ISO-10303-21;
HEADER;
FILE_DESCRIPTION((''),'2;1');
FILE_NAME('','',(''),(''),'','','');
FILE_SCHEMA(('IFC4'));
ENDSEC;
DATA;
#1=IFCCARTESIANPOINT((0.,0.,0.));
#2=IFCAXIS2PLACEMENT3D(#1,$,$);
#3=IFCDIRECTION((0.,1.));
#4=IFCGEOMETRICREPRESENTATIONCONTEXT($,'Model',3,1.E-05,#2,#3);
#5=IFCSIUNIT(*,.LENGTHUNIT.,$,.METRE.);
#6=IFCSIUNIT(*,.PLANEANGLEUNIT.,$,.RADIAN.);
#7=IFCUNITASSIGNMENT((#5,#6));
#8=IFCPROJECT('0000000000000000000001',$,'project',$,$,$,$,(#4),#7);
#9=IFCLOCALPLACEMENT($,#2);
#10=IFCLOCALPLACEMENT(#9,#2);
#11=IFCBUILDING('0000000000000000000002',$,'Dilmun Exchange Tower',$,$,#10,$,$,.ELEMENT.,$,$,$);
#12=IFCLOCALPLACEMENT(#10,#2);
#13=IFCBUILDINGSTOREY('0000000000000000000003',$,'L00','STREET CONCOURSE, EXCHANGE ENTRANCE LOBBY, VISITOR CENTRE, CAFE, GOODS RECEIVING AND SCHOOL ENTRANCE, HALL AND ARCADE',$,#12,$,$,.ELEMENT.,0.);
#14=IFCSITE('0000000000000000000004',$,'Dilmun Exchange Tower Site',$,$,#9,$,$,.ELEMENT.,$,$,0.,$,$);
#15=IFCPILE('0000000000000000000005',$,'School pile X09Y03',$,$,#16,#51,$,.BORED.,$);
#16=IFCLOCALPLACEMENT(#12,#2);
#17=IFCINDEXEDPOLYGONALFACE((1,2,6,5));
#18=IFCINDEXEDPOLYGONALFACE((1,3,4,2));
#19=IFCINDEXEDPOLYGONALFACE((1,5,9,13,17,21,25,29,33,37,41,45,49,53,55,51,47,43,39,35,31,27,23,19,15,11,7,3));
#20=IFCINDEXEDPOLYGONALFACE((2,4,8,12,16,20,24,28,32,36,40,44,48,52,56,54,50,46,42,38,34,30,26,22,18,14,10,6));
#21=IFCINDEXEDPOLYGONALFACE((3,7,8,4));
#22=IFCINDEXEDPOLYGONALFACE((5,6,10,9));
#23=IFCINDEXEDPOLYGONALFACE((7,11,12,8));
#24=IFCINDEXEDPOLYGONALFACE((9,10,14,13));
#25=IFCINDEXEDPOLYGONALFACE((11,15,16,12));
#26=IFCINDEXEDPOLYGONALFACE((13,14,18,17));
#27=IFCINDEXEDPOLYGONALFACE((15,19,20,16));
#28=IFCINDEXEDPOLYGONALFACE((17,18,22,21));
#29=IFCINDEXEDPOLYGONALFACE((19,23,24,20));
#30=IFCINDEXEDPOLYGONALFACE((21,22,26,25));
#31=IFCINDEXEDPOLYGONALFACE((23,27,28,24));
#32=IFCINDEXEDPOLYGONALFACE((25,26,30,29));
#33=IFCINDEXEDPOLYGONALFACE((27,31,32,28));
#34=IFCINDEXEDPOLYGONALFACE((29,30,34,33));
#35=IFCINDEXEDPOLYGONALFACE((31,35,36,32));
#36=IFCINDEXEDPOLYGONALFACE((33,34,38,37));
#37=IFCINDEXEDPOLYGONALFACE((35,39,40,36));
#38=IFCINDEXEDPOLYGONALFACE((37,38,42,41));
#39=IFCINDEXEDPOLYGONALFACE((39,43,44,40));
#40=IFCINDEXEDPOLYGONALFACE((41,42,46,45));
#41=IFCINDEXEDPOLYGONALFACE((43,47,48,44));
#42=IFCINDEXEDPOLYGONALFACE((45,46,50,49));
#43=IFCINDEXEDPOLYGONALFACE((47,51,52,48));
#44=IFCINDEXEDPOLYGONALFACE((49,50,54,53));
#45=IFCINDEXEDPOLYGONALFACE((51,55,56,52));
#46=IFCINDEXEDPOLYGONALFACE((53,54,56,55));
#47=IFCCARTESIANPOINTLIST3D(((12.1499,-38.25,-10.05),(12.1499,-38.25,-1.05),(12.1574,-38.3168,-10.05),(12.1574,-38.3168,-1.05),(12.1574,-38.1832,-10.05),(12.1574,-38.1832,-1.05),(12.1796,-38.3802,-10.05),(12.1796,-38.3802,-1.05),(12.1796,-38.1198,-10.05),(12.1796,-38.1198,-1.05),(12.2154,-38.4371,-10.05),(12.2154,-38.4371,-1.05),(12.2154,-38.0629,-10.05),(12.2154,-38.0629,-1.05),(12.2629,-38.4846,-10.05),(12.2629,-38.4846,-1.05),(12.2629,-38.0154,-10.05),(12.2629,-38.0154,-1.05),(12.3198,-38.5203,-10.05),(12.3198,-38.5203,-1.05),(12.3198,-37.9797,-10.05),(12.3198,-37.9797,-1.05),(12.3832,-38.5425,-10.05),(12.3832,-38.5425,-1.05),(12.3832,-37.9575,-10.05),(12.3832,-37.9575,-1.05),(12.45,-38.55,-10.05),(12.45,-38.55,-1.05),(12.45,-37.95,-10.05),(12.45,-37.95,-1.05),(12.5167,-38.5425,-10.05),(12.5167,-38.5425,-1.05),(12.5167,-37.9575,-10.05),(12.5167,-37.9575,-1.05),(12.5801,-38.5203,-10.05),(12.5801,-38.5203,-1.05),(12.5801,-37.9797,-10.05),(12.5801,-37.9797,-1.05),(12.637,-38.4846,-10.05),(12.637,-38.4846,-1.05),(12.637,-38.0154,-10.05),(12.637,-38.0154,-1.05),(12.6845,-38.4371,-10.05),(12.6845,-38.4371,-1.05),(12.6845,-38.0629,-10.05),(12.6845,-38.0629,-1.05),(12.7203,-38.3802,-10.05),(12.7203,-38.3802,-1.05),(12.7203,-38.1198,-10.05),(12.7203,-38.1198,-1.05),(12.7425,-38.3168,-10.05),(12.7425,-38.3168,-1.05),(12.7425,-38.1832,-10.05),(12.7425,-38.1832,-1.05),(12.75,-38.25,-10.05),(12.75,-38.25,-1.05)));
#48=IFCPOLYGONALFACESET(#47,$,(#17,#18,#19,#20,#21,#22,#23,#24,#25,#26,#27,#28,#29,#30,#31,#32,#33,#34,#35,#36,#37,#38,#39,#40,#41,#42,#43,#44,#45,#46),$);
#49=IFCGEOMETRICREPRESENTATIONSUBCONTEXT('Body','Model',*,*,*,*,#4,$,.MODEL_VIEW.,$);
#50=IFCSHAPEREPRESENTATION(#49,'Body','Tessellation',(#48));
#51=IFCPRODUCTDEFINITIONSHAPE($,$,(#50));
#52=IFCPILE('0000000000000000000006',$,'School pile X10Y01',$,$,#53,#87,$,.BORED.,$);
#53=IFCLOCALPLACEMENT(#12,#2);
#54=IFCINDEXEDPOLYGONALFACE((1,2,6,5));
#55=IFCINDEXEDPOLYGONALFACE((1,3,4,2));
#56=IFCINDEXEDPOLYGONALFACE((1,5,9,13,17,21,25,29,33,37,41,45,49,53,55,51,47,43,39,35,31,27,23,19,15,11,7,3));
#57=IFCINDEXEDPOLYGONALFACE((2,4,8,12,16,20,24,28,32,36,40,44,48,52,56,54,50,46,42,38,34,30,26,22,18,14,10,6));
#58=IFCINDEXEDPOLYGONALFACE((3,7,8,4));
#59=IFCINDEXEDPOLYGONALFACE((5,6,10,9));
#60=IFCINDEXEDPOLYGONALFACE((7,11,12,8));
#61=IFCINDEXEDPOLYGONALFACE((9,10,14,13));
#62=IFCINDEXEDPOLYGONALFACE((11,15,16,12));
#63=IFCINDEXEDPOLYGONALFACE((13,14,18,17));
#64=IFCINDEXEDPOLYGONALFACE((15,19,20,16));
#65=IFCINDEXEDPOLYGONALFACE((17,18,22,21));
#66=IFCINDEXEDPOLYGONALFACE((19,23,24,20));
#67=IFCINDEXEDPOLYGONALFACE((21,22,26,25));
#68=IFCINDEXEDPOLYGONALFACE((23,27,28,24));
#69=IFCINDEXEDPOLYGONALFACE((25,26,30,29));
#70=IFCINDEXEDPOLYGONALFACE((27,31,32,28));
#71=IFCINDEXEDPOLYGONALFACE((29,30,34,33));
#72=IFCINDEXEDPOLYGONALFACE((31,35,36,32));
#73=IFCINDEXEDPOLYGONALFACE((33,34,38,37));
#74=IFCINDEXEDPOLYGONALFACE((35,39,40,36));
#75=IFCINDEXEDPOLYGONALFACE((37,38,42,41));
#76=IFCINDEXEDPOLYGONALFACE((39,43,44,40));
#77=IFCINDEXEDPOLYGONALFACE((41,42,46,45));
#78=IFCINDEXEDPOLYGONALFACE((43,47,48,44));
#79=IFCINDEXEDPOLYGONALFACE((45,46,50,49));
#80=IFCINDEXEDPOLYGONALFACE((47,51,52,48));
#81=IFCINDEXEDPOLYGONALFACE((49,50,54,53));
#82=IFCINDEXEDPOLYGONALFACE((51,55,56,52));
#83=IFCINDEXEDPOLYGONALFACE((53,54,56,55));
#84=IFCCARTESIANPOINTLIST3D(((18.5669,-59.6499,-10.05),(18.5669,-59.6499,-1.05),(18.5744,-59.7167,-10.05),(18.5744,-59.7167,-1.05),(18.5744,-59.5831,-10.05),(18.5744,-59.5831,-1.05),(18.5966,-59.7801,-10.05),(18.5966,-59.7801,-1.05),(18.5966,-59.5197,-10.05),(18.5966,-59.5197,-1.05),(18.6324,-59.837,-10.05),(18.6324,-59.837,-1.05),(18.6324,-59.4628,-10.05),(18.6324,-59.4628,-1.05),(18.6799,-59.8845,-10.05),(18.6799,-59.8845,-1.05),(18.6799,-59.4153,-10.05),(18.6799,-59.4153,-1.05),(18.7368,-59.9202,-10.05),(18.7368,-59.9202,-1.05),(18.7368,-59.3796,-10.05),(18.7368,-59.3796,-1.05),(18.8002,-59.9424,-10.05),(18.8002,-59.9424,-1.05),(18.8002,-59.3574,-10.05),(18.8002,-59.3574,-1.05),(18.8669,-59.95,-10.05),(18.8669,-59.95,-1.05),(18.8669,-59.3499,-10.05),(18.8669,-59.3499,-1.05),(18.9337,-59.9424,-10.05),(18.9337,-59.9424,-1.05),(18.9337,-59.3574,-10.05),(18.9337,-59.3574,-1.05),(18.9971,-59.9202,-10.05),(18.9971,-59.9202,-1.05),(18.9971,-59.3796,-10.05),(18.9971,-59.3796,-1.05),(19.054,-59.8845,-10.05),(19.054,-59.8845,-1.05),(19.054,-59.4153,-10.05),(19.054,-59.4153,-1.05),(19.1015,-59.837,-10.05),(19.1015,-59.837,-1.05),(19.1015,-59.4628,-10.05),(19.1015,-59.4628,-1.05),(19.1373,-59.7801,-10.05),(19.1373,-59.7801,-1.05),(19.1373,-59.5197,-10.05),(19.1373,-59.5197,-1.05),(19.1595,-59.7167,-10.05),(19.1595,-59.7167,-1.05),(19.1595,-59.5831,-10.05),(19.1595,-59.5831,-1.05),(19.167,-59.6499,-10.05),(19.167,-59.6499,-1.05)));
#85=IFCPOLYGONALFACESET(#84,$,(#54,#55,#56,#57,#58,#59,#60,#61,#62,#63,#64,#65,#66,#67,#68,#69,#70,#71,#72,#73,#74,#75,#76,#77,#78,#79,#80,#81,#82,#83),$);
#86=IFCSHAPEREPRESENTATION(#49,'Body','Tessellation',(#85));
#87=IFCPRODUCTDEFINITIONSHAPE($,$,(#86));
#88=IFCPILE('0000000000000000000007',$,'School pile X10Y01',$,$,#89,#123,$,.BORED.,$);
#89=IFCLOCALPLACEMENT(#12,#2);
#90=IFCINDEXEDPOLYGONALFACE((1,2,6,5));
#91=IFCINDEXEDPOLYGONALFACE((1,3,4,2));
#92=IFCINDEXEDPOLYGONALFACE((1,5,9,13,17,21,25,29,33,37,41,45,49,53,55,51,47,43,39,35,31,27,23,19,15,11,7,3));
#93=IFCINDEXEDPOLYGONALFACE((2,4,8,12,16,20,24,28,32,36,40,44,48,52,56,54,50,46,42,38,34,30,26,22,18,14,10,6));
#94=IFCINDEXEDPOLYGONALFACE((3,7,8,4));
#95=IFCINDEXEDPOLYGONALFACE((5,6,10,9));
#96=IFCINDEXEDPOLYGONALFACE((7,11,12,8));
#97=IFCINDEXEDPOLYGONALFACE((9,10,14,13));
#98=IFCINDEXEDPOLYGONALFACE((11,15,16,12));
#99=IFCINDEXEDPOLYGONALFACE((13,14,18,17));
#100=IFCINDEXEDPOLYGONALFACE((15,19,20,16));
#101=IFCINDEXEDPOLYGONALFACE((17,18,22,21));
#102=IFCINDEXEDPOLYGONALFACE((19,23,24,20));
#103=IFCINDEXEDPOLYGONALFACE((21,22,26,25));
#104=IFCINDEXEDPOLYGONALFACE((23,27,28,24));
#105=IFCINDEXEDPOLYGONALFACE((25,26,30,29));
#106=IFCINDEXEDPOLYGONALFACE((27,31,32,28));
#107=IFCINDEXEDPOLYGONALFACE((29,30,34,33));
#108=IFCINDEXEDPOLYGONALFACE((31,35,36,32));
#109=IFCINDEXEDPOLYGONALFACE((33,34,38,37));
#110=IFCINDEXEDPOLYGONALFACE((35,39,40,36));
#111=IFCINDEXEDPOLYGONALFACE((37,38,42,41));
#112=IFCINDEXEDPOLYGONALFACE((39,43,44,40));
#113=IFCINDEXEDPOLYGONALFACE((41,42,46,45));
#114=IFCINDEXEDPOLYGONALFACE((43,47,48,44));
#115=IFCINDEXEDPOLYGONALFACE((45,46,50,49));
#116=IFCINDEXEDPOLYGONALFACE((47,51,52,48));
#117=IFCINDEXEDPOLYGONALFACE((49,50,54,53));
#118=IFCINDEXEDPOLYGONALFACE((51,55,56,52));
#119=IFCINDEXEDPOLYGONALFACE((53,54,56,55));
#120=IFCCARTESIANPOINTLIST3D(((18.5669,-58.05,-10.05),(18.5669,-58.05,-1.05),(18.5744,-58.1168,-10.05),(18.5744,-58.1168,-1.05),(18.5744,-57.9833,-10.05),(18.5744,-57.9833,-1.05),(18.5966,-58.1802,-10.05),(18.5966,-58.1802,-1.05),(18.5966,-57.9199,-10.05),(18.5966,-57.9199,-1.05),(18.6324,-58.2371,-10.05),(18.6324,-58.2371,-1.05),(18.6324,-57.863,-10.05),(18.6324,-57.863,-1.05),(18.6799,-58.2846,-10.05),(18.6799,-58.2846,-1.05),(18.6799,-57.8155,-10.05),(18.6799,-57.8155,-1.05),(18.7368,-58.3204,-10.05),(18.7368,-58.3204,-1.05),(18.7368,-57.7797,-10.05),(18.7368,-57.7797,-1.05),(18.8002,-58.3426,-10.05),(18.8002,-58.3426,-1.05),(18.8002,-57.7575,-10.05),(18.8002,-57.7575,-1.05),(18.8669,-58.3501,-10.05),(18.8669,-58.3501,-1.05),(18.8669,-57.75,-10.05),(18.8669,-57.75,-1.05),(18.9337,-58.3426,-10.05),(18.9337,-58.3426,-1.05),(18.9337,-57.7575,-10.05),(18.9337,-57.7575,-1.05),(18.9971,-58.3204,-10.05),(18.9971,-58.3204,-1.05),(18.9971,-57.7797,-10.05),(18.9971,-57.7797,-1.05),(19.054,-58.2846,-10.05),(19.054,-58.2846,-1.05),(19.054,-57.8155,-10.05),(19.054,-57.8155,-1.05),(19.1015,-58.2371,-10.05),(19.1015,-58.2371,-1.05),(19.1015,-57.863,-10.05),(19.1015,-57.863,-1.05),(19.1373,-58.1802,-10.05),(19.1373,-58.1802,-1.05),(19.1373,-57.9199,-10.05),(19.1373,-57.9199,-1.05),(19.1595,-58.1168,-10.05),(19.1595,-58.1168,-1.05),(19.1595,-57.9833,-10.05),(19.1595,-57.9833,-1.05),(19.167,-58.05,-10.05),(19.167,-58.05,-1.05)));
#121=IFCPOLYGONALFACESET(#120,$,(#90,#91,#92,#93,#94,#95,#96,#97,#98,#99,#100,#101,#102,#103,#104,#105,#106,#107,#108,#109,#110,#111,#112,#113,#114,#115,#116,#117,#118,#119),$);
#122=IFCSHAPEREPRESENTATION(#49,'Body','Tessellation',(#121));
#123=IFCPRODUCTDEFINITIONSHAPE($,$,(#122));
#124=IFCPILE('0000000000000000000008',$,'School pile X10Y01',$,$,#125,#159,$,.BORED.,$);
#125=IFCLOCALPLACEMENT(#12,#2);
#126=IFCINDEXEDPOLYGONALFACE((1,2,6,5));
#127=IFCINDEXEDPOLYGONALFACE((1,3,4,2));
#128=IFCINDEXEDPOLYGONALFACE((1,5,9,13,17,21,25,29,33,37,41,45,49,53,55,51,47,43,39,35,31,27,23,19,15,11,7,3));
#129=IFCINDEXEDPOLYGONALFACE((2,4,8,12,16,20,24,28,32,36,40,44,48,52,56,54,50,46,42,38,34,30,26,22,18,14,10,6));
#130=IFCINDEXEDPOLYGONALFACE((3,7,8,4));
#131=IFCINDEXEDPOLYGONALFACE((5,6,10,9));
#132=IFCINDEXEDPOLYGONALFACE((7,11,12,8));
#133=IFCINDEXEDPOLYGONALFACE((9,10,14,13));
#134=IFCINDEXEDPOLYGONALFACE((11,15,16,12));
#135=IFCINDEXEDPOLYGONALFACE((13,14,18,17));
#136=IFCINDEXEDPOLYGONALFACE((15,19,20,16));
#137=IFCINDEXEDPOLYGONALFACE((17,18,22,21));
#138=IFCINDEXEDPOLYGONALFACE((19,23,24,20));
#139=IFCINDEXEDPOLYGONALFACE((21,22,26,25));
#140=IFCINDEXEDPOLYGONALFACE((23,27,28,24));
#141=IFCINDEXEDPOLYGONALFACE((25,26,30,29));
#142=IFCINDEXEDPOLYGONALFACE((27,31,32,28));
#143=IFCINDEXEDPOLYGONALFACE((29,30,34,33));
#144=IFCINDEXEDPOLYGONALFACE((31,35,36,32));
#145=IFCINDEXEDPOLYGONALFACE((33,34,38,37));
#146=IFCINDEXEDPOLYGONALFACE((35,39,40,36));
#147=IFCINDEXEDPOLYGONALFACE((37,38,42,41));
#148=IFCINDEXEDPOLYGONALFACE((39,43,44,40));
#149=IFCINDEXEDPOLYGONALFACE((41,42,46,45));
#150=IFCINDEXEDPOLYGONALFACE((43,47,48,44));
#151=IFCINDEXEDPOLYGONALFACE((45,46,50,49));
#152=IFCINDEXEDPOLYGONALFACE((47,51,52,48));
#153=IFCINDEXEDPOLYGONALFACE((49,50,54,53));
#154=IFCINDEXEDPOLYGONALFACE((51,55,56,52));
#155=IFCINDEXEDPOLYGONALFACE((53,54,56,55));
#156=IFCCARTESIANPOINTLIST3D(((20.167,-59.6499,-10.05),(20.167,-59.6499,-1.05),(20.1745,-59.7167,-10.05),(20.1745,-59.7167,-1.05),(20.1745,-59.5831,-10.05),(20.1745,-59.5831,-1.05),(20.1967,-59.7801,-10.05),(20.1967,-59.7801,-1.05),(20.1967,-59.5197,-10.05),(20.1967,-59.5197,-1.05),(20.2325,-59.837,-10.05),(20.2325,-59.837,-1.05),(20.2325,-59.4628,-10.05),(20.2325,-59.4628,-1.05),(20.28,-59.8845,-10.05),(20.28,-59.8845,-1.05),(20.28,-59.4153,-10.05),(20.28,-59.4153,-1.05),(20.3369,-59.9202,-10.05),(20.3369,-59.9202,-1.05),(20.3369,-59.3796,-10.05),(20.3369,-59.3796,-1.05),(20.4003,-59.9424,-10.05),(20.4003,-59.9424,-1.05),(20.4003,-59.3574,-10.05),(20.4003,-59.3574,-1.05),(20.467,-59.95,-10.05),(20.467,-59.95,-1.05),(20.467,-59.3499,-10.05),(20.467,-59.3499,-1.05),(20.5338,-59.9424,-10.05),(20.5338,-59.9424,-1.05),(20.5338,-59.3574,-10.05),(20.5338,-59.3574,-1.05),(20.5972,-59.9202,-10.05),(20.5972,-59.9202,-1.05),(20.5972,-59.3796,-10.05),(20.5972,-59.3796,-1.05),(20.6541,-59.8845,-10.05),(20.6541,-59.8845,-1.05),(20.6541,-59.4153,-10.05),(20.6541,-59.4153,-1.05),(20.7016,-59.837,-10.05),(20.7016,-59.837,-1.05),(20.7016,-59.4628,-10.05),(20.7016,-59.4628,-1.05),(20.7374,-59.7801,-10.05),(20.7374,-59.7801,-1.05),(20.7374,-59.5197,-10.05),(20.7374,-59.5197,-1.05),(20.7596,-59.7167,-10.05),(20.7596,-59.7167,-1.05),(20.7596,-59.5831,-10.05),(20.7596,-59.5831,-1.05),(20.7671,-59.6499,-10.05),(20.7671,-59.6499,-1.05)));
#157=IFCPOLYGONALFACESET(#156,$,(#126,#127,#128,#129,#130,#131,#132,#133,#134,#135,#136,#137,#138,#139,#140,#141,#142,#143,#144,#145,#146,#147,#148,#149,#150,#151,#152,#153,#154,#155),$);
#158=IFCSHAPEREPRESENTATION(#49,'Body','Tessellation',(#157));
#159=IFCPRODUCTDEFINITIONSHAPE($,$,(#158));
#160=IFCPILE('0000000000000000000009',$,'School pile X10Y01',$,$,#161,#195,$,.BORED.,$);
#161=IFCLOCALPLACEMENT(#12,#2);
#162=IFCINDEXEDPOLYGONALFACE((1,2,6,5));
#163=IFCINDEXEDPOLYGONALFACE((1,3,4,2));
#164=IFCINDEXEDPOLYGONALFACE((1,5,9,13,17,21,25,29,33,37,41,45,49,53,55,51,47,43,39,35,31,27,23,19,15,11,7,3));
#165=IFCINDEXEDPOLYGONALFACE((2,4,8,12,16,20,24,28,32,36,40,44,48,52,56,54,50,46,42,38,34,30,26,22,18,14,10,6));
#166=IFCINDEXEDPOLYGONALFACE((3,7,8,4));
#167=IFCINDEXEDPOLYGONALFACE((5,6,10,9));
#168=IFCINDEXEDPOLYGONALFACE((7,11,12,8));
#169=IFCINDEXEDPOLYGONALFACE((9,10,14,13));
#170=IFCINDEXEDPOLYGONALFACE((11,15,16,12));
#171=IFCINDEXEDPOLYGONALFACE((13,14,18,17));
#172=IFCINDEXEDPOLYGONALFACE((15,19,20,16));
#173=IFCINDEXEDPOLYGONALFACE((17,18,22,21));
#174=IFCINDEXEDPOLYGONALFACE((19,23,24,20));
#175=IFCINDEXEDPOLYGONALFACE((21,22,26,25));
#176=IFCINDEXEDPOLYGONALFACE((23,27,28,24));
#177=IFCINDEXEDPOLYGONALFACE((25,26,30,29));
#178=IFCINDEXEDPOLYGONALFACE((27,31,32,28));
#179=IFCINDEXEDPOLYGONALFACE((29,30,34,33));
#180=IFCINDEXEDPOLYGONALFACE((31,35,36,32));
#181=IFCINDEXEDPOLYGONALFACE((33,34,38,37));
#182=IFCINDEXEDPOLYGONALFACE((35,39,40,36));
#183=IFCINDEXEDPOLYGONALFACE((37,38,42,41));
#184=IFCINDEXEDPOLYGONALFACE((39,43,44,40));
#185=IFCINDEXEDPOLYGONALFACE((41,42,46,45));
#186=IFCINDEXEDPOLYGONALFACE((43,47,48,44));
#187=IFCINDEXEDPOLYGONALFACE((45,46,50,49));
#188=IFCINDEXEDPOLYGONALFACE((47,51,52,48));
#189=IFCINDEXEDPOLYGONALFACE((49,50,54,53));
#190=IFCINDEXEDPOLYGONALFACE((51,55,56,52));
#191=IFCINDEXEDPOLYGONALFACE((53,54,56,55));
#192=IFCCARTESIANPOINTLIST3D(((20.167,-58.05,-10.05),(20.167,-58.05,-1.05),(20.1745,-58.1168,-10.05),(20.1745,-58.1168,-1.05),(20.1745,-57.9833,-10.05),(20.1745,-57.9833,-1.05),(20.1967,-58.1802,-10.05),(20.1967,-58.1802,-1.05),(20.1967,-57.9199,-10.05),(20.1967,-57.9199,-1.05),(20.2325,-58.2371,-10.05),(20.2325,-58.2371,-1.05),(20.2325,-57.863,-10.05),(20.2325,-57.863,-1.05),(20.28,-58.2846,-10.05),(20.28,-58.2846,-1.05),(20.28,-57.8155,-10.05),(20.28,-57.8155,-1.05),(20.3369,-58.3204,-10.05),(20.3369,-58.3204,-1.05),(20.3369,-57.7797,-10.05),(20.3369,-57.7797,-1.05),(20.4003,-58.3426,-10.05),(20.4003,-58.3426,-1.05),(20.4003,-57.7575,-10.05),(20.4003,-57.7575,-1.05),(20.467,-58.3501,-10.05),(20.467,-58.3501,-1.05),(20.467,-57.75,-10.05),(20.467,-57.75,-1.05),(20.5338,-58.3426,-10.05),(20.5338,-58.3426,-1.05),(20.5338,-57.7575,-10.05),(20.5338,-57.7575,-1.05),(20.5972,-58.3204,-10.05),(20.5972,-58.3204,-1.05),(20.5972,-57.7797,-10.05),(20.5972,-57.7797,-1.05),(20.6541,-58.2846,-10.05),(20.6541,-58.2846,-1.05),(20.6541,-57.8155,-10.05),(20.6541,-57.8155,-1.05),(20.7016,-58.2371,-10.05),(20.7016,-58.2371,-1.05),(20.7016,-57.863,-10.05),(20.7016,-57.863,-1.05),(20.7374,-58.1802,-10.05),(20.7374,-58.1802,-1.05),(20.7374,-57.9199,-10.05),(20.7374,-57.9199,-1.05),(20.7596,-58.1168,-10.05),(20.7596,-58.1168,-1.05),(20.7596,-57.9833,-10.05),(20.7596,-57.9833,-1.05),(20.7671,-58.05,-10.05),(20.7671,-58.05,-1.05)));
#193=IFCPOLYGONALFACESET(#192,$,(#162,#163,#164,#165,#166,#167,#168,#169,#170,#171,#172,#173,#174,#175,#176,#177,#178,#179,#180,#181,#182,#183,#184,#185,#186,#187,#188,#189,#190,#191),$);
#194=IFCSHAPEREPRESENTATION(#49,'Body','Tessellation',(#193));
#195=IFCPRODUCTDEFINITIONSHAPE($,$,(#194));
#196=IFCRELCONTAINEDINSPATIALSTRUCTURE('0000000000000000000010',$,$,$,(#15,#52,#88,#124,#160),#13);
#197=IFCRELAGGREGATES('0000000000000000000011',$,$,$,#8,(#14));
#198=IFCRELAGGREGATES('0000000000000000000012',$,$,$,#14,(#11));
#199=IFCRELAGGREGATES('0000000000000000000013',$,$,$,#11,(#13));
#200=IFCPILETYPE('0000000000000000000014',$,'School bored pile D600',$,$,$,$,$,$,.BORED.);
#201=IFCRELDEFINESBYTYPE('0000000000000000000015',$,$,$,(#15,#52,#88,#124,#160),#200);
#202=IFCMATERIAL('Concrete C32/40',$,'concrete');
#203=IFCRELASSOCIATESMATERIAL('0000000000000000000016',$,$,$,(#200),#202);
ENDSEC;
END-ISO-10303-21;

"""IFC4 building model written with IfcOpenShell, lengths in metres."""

from ifc_helpers import new_model, si_unit, direction, frame, origin, origin_2d, place, context, subcontext, project, spatial, circle, extrude, material, material_profile, profile_set, type_object, element, save


model = new_model("IFC4")

# Units and contexts
model_context = context("Model", 3, precision=1e-05, world=origin(), true_north=direction((0.0, 1.0)))
body_context = subcontext(model_context, "Body", "Model", "MODEL_VIEW")
ifc_project = project(units=[si_unit("LENGTHUNIT", "METRE"), si_unit("PLANEANGLEUNIT", "RADIAN")], contexts=[model_context])

# Site, building, storey
site_placement = place(None, origin())
site = spatial("IfcSite", under=ifc_project, at=site_placement, Name="Dilmun Exchange Tower Site", CompositionType="ELEMENT", RefElevation=0.0)
building_placement = place(site_placement, origin())
building = spatial("IfcBuilding", under=site, at=building_placement, Name="Dilmun Exchange Tower", CompositionType="ELEMENT")
storey_placement = place(building_placement, origin())
storey = spatial("IfcBuildingStorey", under=building, at=storey_placement, Name="L00", Description="STREET CONCOURSE, EXCHANGE ENTRANCE LOBBY, VISITOR CENTRE, CAFE, GOODS RECEIVING AND SCHOOL ENTRANCE, HALL AND ARCADE", CompositionType="ELEMENT", Elevation=0.0)

# Piles
ifc_material_1 = material(Name="Concrete C32/40", Category="concrete")
ifc_material_profile_1 = material_profile(ifc_material_1, circle(Radius=0.3, at=origin_2d()), Name="D600")
ifc_profile_set_1 = profile_set([ifc_material_profile_1], Name="Concrete C32/40")
pile_type = type_object("IfcPileType", Name="School bored pile D600", PredefinedType="BORED", material=ifc_profile_set_1)
for number, where, z_axis, x_axis, name in (
    (1, (12.45, -38.25, -1.05), (0.0, 0.0, -1.0), (1.0, 0.0, 0.0), "School pile X09Y03"),
    (2, (18.8669, -59.6499, -1.05), (0.0, 0.0, -1.0), (1.0, 0.0, 0.0), "School pile X10Y01"),
    (3, (18.8669, -58.05, -1.05), (0.0, 0.0, -1.0), (1.0, 0.0, 0.0), "School pile X10Y01"),
    (4, (20.467, -59.6499, -1.05), (0.0, 0.0, -1.0), (1.0, 0.0, 0.0), "School pile X10Y01"),
    (5, (20.467, -58.05, -1.05), (0.0, 0.0, -1.0), (1.0, 0.0, 0.0), "School pile X10Y01"),
):
    element("IfcPile", number, at=place(storey_placement, frame(where, z_axis=z_axis, x_axis=x_axis)), inside=storey, type_object=pile_type, Name=name, PredefinedType="BORED", context=body_context, shape_type="SweptSolid", body=[
        extrude(circle(Radius=0.3, at=origin_2d()), origin(), (0.0, 0.0, 1.0), 9.0),
    ])

save(model, "model.ifc")
